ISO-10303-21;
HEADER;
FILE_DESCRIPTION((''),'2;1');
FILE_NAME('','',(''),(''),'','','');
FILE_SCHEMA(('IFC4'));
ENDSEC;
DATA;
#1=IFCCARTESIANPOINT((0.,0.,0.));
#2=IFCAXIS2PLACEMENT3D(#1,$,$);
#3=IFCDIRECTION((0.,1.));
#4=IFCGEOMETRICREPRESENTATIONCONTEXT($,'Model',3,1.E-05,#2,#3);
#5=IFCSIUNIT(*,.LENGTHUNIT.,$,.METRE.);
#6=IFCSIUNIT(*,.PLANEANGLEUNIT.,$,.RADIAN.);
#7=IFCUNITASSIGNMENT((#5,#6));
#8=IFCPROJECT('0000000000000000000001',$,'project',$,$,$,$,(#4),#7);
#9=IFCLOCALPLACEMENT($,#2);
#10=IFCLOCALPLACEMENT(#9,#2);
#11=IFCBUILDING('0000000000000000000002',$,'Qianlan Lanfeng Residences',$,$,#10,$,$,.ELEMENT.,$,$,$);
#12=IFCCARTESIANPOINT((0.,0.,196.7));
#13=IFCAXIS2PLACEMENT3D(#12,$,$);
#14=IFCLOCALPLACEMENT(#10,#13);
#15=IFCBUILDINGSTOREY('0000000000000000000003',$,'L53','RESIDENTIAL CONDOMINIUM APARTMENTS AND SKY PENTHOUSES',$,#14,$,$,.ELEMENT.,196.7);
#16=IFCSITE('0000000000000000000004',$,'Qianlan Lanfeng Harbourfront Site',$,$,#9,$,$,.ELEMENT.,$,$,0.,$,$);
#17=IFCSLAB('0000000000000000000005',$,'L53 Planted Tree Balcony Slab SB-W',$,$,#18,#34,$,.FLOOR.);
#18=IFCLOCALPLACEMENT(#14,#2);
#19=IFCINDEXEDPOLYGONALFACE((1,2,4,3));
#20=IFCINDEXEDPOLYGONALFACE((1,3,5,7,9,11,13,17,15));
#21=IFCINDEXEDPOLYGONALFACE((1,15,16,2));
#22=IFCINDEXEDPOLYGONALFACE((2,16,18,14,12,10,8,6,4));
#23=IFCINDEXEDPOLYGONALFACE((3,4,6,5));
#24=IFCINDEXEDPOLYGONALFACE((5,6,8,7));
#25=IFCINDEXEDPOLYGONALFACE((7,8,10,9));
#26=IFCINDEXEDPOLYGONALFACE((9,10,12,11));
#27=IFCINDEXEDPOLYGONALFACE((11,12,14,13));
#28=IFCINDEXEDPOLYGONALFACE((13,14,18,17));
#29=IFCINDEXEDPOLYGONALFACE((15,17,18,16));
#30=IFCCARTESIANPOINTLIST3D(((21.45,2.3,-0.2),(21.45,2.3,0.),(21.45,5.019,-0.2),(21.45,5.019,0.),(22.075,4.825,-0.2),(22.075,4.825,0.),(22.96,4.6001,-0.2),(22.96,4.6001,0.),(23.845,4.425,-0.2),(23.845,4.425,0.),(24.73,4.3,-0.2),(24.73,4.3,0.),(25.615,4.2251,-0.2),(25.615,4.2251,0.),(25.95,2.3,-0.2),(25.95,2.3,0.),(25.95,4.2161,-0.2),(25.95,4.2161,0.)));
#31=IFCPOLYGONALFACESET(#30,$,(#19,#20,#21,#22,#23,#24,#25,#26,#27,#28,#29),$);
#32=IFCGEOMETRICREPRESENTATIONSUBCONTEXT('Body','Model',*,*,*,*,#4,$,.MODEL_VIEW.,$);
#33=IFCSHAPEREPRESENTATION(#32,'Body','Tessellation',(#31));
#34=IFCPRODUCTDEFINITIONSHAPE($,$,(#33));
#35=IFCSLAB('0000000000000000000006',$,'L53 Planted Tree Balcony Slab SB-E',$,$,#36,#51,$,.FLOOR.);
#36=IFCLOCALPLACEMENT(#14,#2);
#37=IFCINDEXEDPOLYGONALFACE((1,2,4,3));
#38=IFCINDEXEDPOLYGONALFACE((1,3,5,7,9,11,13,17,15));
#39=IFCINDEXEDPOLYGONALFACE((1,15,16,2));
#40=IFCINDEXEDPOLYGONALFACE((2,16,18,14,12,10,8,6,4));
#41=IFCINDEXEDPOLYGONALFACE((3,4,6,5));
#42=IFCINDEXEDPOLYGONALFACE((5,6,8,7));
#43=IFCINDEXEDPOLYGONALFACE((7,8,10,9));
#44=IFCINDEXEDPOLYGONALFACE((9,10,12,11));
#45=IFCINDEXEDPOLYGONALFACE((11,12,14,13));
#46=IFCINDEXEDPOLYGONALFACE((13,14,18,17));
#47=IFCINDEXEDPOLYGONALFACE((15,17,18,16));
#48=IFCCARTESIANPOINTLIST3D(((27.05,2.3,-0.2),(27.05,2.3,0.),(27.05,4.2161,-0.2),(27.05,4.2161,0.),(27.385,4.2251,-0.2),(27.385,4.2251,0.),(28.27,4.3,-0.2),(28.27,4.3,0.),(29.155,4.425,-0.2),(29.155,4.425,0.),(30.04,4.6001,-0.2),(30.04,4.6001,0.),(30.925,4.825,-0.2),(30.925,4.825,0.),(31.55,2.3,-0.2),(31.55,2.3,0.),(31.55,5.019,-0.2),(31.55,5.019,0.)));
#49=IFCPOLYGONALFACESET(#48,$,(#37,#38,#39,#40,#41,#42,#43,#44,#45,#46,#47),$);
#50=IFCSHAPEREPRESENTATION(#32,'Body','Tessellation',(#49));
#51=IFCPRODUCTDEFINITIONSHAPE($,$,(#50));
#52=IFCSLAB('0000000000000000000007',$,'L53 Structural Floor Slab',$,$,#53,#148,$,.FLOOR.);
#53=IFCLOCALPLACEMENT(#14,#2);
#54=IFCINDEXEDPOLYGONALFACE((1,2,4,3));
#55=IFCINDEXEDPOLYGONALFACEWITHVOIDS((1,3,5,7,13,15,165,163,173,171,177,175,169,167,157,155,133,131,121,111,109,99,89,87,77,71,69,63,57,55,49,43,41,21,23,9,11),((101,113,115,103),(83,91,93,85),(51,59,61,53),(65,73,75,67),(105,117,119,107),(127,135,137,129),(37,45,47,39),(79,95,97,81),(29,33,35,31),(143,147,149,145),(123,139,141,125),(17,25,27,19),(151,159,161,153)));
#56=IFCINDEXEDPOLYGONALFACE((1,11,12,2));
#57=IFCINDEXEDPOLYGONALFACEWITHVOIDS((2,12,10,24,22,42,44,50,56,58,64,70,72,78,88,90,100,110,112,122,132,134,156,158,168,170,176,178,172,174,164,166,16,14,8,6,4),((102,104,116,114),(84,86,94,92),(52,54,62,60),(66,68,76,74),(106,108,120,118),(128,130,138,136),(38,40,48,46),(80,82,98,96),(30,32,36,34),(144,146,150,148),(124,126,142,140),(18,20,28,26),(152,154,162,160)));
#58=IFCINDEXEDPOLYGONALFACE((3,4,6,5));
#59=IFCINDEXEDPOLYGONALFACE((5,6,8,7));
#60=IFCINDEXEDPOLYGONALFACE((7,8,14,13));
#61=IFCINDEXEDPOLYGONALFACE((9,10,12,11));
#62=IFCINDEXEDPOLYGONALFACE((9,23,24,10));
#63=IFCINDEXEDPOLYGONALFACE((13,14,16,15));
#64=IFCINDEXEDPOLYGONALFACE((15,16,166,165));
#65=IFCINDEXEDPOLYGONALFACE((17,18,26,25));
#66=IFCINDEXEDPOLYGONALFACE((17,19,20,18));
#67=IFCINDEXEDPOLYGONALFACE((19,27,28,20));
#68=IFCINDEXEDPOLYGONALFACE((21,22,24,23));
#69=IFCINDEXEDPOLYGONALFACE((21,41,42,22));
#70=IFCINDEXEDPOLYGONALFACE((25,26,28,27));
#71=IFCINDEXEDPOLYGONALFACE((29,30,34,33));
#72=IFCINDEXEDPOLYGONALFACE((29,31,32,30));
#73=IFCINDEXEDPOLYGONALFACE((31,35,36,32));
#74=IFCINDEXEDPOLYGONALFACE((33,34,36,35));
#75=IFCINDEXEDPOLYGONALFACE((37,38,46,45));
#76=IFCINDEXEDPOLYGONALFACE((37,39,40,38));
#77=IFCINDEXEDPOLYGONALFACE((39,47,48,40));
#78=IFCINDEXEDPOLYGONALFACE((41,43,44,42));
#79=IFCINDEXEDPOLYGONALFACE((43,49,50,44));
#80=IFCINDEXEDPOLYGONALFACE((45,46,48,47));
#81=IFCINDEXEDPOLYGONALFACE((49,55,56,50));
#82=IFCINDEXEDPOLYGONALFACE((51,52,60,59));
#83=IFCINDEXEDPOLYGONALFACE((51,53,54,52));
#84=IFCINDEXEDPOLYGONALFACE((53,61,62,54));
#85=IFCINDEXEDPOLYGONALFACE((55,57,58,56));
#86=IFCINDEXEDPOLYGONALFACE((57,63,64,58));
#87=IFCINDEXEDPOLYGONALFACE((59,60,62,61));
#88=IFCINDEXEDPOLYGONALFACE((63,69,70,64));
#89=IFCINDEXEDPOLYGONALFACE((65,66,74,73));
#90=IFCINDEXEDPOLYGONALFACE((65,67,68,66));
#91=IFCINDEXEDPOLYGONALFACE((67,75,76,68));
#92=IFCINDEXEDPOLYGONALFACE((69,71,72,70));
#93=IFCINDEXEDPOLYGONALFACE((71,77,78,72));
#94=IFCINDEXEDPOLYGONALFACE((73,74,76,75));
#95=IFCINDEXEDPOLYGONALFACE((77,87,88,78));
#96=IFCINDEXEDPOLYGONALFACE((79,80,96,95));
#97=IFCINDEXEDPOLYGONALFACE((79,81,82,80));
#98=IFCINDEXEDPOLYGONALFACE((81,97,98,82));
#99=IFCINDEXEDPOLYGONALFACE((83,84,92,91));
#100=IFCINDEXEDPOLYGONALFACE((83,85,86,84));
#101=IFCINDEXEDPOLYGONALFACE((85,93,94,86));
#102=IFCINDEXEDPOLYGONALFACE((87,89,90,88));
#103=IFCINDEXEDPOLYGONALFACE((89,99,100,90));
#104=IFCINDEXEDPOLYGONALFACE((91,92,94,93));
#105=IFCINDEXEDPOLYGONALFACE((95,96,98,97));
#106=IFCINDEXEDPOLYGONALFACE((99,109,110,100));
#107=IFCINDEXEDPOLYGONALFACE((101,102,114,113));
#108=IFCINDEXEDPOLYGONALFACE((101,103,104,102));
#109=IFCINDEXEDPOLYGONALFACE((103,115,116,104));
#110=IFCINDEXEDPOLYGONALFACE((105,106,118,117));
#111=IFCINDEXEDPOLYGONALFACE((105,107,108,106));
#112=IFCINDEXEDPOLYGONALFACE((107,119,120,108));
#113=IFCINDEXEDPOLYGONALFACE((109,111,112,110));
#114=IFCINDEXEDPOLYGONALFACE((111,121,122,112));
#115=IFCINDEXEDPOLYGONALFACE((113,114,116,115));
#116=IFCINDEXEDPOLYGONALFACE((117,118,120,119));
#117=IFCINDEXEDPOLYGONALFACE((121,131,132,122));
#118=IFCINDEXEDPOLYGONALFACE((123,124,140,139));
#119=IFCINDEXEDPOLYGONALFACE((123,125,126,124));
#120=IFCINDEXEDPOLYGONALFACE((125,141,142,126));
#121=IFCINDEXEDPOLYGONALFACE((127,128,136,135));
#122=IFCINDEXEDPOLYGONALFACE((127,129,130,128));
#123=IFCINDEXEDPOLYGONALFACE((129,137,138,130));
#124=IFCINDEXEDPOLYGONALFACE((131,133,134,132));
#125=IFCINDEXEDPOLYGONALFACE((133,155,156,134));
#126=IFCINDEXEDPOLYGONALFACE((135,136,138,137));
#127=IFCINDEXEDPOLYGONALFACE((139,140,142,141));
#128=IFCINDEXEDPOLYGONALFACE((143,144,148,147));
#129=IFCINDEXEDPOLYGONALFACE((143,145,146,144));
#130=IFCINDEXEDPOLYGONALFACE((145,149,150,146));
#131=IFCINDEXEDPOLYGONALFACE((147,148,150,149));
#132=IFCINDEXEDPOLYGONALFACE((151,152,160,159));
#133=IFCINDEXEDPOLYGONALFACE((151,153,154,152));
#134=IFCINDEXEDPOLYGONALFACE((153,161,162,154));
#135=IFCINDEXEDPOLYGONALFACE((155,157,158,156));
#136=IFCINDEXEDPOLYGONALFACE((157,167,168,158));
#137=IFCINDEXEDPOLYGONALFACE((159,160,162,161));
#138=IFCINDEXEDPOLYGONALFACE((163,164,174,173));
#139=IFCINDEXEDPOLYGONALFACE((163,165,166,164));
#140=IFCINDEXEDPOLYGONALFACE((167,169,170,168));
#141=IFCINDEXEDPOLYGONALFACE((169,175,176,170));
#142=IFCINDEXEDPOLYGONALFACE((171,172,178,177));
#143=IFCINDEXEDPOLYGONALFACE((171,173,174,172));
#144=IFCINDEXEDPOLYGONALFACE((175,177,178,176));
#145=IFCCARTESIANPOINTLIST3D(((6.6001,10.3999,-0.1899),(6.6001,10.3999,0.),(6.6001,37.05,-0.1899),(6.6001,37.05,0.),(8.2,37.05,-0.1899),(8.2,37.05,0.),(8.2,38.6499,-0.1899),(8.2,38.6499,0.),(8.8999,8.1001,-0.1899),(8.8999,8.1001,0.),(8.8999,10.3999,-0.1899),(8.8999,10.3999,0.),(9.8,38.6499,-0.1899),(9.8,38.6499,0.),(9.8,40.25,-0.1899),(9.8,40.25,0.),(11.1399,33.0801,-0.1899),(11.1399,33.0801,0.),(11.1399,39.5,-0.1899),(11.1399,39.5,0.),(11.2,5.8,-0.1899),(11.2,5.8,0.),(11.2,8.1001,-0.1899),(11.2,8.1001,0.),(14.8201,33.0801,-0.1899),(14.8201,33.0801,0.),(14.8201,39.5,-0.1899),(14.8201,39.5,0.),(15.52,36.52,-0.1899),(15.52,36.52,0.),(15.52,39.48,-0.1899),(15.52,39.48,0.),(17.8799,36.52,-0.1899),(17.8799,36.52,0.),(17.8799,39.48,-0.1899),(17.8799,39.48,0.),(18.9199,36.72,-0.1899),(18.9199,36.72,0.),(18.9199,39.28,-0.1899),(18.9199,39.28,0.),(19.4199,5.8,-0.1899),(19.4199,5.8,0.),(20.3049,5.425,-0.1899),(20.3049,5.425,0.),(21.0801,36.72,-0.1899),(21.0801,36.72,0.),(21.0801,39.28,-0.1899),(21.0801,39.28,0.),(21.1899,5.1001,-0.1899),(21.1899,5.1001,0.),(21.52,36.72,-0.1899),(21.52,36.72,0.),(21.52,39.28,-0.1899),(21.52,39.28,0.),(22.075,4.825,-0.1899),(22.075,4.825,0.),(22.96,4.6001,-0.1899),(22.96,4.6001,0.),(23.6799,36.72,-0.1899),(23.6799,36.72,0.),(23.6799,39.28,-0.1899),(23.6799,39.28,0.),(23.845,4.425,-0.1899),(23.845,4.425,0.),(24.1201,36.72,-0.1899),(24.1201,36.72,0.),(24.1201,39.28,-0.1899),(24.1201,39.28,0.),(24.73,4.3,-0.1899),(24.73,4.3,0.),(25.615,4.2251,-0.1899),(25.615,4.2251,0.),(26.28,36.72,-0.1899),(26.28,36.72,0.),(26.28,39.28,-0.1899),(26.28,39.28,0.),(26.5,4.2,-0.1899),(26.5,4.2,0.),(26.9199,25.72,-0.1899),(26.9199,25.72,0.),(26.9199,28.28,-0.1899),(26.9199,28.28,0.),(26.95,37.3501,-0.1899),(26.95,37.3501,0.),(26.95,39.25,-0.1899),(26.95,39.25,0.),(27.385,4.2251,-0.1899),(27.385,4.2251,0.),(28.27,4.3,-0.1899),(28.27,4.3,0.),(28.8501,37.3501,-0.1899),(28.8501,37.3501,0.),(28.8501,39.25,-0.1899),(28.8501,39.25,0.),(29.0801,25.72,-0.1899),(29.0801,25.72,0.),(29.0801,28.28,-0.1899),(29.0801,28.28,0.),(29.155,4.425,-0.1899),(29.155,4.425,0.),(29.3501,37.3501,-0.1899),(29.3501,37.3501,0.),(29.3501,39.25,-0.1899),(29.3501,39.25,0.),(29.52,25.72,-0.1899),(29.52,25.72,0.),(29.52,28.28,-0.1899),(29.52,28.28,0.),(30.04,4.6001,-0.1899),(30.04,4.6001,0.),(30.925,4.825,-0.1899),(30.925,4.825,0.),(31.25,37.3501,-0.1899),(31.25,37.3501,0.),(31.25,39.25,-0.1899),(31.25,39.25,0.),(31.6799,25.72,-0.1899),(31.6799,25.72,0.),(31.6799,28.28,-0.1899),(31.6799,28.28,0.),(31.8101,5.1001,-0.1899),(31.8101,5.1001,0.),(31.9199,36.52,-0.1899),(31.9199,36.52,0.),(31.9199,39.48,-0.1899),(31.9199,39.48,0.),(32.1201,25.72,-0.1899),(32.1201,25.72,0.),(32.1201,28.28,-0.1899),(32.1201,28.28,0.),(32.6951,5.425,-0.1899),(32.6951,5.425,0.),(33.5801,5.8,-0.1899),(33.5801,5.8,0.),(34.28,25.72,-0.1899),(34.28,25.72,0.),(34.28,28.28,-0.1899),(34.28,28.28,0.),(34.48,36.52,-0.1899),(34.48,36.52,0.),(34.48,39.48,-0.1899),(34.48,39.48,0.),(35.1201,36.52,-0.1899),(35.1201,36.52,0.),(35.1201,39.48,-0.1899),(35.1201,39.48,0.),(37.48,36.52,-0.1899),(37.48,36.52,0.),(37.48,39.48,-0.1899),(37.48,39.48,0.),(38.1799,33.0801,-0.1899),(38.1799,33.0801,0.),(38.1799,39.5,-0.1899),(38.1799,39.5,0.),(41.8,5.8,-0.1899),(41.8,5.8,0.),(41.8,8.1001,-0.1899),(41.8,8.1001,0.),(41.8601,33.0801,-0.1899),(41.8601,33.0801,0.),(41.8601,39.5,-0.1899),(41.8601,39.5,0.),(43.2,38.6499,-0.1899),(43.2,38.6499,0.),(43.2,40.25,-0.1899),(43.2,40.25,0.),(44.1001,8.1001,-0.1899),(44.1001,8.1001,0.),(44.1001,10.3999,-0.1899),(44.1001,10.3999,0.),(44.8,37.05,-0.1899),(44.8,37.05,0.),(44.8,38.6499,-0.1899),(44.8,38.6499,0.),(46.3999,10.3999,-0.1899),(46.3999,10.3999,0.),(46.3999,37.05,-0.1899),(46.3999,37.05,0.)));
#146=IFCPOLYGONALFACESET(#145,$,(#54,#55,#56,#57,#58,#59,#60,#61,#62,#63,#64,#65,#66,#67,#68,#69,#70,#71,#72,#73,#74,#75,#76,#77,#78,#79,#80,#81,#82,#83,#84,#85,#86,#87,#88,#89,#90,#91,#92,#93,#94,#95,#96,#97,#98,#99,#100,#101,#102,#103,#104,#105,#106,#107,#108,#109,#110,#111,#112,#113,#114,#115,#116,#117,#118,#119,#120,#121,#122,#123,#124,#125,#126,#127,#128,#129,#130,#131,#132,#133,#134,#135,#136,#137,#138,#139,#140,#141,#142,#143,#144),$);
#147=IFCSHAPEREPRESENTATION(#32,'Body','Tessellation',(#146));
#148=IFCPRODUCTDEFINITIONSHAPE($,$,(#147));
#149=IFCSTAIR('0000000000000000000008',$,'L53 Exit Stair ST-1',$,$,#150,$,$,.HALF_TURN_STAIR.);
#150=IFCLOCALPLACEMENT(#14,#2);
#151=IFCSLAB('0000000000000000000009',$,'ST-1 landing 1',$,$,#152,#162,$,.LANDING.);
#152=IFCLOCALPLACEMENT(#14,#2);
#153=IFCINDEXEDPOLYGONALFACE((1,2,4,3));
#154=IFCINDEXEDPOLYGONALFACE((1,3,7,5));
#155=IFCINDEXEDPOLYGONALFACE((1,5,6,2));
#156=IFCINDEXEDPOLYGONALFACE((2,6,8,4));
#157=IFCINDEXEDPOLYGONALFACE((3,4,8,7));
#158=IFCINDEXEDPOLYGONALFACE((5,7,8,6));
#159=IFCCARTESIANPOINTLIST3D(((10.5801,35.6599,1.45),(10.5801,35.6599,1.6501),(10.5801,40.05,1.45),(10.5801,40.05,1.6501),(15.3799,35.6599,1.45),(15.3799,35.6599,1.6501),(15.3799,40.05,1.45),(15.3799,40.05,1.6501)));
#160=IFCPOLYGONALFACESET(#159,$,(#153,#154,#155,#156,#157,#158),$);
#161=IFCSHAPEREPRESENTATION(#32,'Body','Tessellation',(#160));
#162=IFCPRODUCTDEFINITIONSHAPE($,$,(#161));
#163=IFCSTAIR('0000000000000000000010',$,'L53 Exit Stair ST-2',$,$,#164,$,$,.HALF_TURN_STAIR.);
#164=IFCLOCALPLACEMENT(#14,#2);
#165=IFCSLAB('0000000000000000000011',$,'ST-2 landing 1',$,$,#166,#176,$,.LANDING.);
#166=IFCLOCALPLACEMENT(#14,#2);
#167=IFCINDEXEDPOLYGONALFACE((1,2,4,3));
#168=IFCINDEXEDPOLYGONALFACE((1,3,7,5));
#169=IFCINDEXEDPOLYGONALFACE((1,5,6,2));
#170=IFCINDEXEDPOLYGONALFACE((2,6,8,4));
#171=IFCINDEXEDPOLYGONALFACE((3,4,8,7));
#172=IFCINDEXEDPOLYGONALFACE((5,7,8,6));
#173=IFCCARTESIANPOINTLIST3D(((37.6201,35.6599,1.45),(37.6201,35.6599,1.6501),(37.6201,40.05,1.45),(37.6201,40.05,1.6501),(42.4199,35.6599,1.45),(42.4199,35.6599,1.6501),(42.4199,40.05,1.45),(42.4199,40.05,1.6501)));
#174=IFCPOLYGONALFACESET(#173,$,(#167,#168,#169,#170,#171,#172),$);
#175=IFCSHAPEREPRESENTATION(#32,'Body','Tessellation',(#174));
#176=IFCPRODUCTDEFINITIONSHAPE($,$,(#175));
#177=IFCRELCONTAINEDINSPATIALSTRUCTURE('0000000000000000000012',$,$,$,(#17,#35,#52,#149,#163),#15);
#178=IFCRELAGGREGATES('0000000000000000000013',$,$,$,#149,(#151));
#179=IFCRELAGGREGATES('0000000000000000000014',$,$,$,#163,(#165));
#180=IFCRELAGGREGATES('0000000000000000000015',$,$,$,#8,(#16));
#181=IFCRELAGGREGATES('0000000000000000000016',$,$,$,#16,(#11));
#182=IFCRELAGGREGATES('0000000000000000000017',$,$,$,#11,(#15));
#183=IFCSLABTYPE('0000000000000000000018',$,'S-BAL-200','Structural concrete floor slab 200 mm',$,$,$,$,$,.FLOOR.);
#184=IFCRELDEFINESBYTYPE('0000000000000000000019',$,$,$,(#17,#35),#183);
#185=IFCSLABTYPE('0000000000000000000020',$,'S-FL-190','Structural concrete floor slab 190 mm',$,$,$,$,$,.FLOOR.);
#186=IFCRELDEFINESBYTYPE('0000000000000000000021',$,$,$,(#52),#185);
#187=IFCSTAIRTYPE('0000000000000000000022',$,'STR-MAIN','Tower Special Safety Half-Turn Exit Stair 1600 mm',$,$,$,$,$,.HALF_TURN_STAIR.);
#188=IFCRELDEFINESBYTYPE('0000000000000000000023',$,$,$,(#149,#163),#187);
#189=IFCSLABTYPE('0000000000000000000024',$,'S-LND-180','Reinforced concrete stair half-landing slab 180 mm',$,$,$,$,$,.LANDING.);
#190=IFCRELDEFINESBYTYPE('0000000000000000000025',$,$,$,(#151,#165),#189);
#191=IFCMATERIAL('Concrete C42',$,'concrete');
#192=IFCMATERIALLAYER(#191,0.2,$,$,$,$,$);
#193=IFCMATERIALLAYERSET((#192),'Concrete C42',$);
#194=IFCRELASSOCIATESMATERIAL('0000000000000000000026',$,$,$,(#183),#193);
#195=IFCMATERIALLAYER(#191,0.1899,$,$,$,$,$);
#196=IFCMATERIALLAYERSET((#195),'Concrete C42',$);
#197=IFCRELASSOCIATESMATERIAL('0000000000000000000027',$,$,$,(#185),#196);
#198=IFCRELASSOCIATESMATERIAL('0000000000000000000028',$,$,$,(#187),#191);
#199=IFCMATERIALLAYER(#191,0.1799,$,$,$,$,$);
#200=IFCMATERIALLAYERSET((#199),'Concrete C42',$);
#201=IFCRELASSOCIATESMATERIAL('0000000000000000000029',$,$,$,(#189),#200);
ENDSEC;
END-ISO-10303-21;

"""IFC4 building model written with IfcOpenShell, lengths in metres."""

from ifc_helpers import new_model, si_unit, direction, frame, origin, place, context, subcontext, project, spatial, polyline, outline, extrude, material, layer, layer_set, type_object, element, aggregate, save


model = new_model("IFC4")

# Units and contexts
model_context = context("Model", 3, precision=1e-05, world=origin(), true_north=direction((0.0, 1.0)))
body_context = subcontext(model_context, "Body", "Model", "MODEL_VIEW")
ifc_project = project(units=[si_unit("LENGTHUNIT", "METRE"), si_unit("PLANEANGLEUNIT", "RADIAN")], contexts=[model_context])

# Site, building, storey
site_placement = place(None, origin())
site = spatial("IfcSite", under=ifc_project, at=site_placement, Name="Qianlan Lanfeng Harbourfront Site", CompositionType="ELEMENT", RefElevation=0.0)
building_placement = place(site_placement, origin())
building = spatial("IfcBuilding", under=site, at=building_placement, Name="Qianlan Lanfeng Residences", CompositionType="ELEMENT")
storey_placement = place(building_placement, frame((0.0, 0.0, 196.7)))
storey = spatial("IfcBuildingStorey", under=building, at=storey_placement, Name="L53", Description="RESIDENTIAL CONDOMINIUM APARTMENTS AND SKY PENTHOUSES", CompositionType="ELEMENT", Elevation=196.7)

# Slabs
ifc_material_1 = material(Name="Concrete C42", Category="concrete")
ifc_layer_1 = layer(ifc_material_1, 0.2)
ifc_layer_set_1 = layer_set([ifc_layer_1], Name="Concrete C42")
slab_type_1 = type_object("IfcSlabType", Name="S-BAL-200", Description="Structural concrete floor slab 200 mm", PredefinedType="FLOOR", material=ifc_layer_set_1)
slab_1_placement = place(storey_placement, frame((0.0, 0.0, -0.2)))
element("IfcSlab", 1, at=slab_1_placement, inside=storey, type_object=slab_type_1, Name="L53 Planted Tree Balcony Slab SB-W", PredefinedType="FLOOR", context=body_context, shape_type="SweptSolid", body=[
    extrude(outline(polyline([(25.95, 4.2161), (25.615, 4.2251), (24.73, 4.3), (23.845, 4.425), (22.96, 4.6001), (22.075, 4.825), (21.45, 5.019), (21.45, 2.3), (25.95, 2.3), (25.95, 4.2161)])), origin(), (0.0, 0.0, 1.0), 0.2),
])
slab_2_placement = place(storey_placement, frame((0.0, 0.0, -0.2)))
element("IfcSlab", 2, at=slab_2_placement, inside=storey, type_object=slab_type_1, Name="L53 Planted Tree Balcony Slab SB-E", PredefinedType="FLOOR", context=body_context, shape_type="SweptSolid", body=[
    extrude(outline(polyline([(31.55, 5.019), (30.925, 4.825), (30.04, 4.6001), (29.155, 4.425), (28.27, 4.3), (27.385, 4.2251), (27.05, 4.2161), (27.05, 2.3), (31.55, 2.3), (31.55, 5.019)])), origin(), (0.0, 0.0, 1.0), 0.2),
])
ifc_layer_2 = layer(ifc_material_1, 0.1899)
ifc_layer_set_2 = layer_set([ifc_layer_2], Name="Concrete C42")
slab_type_2 = type_object("IfcSlabType", Name="S-FL-190", Description="Structural concrete floor slab 190 mm", PredefinedType="FLOOR", material=ifc_layer_set_2)
slab_3_placement = place(storey_placement, frame((0.0, 0.0, -0.1899)))
element("IfcSlab", 3, at=slab_3_placement, inside=storey, type_object=slab_type_2, Name="L53 Structural Floor Slab", PredefinedType="FLOOR", context=body_context, shape_type="SweptSolid", body=[
    extrude(outline(polyline([(6.6001, 10.3999), (8.8999, 10.3999), (8.8999, 8.1001), (11.2, 8.1001), (11.2, 5.8), (19.4199, 5.8), (20.3049, 5.425), (21.1899, 5.1001), (22.075, 4.825), (22.96, 4.6001), (23.845, 4.425), (24.73, 4.3), (25.615, 4.2251), (26.5, 4.2), (27.385, 4.2251), (28.27, 4.3), (29.155, 4.425), (30.04, 4.6001), (30.925, 4.825), (31.8101, 5.1001), (32.6951, 5.425), (33.5801, 5.8), (41.8, 5.8), (41.8, 8.1001), (44.1001, 8.1001), (44.1001, 10.3999), (46.3999, 10.3999), (46.3999, 37.05), (44.8, 37.05), (44.8, 38.6499), (43.2, 38.6499), (43.2, 40.25), (9.8, 40.25), (9.8, 38.6499), (8.2, 38.6499), (8.2, 37.05), (6.6001, 37.05), (6.6001, 10.3999)]), holes=[polyline([(11.1399, 33.0801), (11.1399, 39.5), (14.8201, 39.5), (14.8201, 33.0801), (11.1399, 33.0801)]), polyline([(38.1799, 33.0801), (38.1799, 39.5), (41.8601, 39.5), (41.8601, 33.0801), (38.1799, 33.0801)]), polyline([(15.52, 36.52), (15.52, 39.48), (17.8799, 39.48), (17.8799, 36.52), (15.52, 36.52)]), polyline([(35.1201, 36.52), (35.1201, 39.48), (37.48, 39.48), (37.48, 36.52), (35.1201, 36.52)]), polyline([(31.9199, 36.52), (31.9199, 39.48), (34.48, 39.48), (34.48, 36.52), (31.9199, 36.52)]), polyline([(26.9199, 25.72), (26.9199, 28.28), (29.0801, 28.28), (29.0801, 25.72), (26.9199, 25.72)]), polyline([(29.52, 25.72), (29.52, 28.28), (31.6799, 28.28), (31.6799, 25.72), (29.52, 25.72)]), polyline([(32.1201, 25.72), (32.1201, 28.28), (34.28, 28.28), (34.28, 25.72), (32.1201, 25.72)]), polyline([(18.9199, 36.72), (18.9199, 39.28), (21.0801, 39.28), (21.0801, 36.72), (18.9199, 36.72)]), polyline([(21.52, 36.72), (21.52, 39.28), (23.6799, 39.28), (23.6799, 36.72), (21.52, 36.72)]), polyline([(24.1201, 36.72), (24.1201, 39.28), (26.28, 39.28), (26.28, 36.72), (24.1201, 36.72)]), polyline([(26.95, 37.3501), (26.95, 39.25), (28.8501, 39.25), (28.8501, 37.3501), (26.95, 37.3501)]), polyline([(29.3501, 37.3501), (29.3501, 39.25), (31.25, 39.25), (31.25, 37.3501), (29.3501, 37.3501)])]), origin(), (0.0, 0.0, 1.0), 0.1899),
])

# Stairs, slabs
stair_type = type_object("IfcStairType", Name="STR-MAIN", Description="Tower Special Safety Half-Turn Exit Stair 1600 mm", PredefinedType="HALF_TURN_STAIR", material=ifc_material_1)
stair_1_placement = place(storey_placement, origin())
stair_1 = element("IfcStair", 4, at=stair_1_placement, inside=storey, type_object=stair_type, Name="L53 Exit Stair ST-1", PredefinedType="HALF_TURN_STAIR")
ifc_layer_3 = layer(ifc_material_1, 0.1799)
ifc_layer_set_3 = layer_set([ifc_layer_3], Name="Concrete C42")
slab_type_3 = type_object("IfcSlabType", Name="S-LND-180", Description="Reinforced concrete stair half-landing slab 180 mm", PredefinedType="LANDING", material=ifc_layer_set_3)
slab_4_placement = place(storey_placement, frame((0.0, 0.0, 1.45)))
slab_4 = element("IfcSlab", 5, at=slab_4_placement, type_object=slab_type_3, Name="ST-1 landing 1", PredefinedType="LANDING", context=body_context, shape_type="SweptSolid", body=[
    extrude(outline(polyline([(10.5801, 35.6599), (15.3799, 35.6599), (15.3799, 40.05), (10.5801, 40.05), (10.5801, 35.6599)])), origin(), (0.0, 0.0, 1.0), 0.2002),
])
aggregate(stair_1, [slab_4])
stair_2_placement = place(storey_placement, origin())
stair_2 = element("IfcStair", 6, at=stair_2_placement, inside=storey, type_object=stair_type, Name="L53 Exit Stair ST-2", PredefinedType="HALF_TURN_STAIR")
slab_5_placement = place(storey_placement, frame((0.0, 0.0, 1.45)))
slab_5 = element("IfcSlab", 7, at=slab_5_placement, type_object=slab_type_3, Name="ST-2 landing 1", PredefinedType="LANDING", context=body_context, shape_type="SweptSolid", body=[
    extrude(outline(polyline([(37.6201, 35.6599), (42.4199, 35.6599), (42.4199, 40.05), (37.6201, 40.05), (37.6201, 35.6599)])), origin(), (0.0, 0.0, 1.0), 0.2002),
])
aggregate(stair_2, [slab_5])

save(model, "model.ifc")
